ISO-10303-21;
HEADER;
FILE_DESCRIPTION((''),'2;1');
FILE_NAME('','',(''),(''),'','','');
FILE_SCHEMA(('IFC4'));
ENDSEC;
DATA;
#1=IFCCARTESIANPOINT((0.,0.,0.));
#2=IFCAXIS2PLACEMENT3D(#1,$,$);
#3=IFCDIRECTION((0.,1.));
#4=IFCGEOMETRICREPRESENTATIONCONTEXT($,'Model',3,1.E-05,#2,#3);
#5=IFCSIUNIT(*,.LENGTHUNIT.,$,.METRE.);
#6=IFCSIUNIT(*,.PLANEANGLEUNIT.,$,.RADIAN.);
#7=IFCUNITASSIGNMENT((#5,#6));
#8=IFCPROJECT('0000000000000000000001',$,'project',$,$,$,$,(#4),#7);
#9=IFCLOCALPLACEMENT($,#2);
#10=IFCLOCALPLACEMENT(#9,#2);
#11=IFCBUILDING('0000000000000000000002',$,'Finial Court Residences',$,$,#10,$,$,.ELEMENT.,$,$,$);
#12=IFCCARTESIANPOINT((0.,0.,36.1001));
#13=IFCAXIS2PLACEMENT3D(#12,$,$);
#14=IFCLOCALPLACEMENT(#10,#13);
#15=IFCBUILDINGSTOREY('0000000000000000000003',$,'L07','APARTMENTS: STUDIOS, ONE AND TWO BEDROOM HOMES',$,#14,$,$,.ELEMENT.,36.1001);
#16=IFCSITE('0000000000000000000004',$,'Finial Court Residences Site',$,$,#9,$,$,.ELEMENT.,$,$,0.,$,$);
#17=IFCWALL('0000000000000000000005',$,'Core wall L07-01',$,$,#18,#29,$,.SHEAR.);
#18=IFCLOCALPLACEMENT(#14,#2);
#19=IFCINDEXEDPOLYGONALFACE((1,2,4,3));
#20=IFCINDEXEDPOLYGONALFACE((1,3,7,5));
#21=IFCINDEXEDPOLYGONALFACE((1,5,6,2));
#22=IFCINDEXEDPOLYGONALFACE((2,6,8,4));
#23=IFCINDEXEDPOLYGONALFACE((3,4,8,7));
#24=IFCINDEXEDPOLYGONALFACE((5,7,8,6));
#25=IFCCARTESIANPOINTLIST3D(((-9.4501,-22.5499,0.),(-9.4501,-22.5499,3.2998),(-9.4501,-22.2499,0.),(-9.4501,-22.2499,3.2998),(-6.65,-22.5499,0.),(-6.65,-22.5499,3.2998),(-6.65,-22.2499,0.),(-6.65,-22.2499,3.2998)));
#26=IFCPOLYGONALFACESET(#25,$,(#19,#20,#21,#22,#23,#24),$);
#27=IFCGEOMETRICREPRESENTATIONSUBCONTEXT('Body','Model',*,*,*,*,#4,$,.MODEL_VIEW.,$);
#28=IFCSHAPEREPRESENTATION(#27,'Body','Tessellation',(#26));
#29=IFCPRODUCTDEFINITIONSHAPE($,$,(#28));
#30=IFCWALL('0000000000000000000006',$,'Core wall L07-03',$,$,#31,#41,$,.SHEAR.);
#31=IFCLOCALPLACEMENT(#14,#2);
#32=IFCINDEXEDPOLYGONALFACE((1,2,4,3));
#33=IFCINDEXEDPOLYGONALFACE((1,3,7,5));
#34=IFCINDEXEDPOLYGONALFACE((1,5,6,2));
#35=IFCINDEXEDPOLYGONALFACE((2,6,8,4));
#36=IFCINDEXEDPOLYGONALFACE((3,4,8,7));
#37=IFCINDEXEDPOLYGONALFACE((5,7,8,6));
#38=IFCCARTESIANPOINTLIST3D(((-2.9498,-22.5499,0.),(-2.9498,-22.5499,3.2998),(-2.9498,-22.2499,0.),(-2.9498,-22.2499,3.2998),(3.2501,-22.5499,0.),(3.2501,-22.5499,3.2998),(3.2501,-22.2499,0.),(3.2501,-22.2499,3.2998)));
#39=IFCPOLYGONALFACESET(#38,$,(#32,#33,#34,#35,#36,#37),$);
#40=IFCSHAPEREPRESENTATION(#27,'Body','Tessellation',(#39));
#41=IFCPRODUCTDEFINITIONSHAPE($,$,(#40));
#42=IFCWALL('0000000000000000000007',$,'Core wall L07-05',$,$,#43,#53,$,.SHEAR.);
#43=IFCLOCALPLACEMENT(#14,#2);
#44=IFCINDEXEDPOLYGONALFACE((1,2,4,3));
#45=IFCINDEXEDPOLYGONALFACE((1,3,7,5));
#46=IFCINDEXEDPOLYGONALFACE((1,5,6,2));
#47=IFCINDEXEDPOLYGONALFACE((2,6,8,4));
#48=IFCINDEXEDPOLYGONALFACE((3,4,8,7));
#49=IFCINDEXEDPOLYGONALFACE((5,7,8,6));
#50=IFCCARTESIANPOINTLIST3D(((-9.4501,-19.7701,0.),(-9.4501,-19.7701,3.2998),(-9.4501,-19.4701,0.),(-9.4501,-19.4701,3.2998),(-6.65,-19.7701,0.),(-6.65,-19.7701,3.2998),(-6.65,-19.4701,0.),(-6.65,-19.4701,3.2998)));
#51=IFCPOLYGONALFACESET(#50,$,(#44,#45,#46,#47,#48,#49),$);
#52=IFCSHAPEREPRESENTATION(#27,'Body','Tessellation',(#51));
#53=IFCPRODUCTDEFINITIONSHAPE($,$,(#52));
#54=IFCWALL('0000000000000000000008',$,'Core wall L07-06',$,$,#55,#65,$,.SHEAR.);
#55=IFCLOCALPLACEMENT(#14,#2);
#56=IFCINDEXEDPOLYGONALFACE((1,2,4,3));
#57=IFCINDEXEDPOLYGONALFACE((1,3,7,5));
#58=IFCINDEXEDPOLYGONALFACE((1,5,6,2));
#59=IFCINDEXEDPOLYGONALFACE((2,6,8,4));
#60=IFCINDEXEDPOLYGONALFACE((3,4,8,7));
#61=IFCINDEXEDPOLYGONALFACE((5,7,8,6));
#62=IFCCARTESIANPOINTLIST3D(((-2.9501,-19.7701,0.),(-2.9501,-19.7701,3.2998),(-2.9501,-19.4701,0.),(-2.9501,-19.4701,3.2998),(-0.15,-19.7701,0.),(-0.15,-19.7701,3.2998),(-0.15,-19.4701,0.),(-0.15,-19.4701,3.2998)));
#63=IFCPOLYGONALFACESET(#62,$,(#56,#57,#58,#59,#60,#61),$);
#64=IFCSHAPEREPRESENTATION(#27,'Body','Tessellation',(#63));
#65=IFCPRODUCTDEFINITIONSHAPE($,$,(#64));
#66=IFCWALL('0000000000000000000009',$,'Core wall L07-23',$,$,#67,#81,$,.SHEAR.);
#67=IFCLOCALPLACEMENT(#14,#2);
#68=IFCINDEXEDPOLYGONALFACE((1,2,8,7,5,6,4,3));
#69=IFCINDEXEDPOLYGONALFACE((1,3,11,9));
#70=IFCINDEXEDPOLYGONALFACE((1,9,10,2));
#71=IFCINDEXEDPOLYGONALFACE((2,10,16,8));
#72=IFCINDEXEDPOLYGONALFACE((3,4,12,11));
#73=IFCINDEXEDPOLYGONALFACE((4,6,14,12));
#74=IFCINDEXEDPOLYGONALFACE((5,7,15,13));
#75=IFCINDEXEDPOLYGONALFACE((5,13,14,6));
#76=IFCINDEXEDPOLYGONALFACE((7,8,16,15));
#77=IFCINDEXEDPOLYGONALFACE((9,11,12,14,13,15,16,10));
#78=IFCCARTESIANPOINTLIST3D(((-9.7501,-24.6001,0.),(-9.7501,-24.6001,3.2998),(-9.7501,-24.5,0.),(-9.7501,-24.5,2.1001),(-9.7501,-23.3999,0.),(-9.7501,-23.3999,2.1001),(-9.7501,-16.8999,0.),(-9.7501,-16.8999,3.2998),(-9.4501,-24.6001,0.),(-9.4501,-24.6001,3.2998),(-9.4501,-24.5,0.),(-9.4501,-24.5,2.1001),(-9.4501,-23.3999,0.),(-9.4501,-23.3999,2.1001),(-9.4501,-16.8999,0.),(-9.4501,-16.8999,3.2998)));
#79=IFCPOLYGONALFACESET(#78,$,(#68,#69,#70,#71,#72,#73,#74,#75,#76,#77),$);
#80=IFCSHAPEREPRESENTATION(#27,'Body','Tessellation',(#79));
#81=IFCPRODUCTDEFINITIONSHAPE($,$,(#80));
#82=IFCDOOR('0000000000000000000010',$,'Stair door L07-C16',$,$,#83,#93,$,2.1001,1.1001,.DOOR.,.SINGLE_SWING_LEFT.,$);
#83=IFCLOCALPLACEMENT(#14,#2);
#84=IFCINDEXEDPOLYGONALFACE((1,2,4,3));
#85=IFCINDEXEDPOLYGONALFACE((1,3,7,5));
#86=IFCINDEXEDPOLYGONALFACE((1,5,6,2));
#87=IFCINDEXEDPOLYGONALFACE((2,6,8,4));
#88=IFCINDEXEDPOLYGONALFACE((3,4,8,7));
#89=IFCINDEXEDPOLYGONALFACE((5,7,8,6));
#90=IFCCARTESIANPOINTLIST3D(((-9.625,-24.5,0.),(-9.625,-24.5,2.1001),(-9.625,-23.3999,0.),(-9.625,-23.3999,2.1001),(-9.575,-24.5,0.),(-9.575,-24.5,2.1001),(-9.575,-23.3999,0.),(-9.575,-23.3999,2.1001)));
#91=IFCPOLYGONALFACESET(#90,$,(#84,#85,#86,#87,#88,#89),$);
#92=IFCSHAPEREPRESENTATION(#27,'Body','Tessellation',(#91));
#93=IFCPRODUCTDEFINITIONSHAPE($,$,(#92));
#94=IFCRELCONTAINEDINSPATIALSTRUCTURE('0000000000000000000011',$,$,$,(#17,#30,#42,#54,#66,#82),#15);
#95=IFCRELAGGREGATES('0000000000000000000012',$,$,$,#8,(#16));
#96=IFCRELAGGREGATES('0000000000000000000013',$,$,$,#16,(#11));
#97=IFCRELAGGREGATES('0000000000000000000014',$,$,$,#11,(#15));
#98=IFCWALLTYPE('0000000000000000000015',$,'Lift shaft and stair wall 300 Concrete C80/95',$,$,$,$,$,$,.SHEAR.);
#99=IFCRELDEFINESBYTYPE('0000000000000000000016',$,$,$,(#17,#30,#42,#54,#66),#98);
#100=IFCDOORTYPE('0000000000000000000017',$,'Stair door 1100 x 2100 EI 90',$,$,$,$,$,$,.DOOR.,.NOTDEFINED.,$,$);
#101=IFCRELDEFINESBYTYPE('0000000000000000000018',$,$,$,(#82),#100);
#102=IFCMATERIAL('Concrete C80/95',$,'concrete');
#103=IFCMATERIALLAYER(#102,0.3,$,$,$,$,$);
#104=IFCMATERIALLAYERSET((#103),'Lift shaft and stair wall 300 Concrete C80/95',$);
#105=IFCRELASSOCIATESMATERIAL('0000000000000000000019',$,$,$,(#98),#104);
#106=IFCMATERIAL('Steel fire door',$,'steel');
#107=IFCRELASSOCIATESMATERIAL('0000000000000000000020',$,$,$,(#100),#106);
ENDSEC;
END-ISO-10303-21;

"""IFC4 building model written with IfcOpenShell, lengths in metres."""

from ifc_helpers import new_model, si_unit, direction, frame, frame_2d, origin, place, context, subcontext, project, spatial, rectangle, extrude, material, layer, layer_set, type_object, element, fill, save


model = new_model("IFC4")

# Units and contexts
model_context = context("Model", 3, precision=1e-05, world=origin(), true_north=direction((0.0, 1.0)))
body_context = subcontext(model_context, "Body", "Model", "MODEL_VIEW")
ifc_project = project(units=[si_unit("LENGTHUNIT", "METRE"), si_unit("PLANEANGLEUNIT", "RADIAN")], contexts=[model_context])

# Site, building, storey
site_placement = place(None, origin())
site = spatial("IfcSite", under=ifc_project, at=site_placement, Name="Finial Court Residences Site", CompositionType="ELEMENT", RefElevation=0.0)
building_placement = place(site_placement, origin())
building = spatial("IfcBuilding", under=site, at=building_placement, Name="Finial Court Residences", CompositionType="ELEMENT")
storey_placement = place(building_placement, frame((0.0, 0.0, 36.1001)))
storey = spatial("IfcBuildingStorey", under=building, at=storey_placement, Name="L07", Description="APARTMENTS: STUDIOS, ONE AND TWO BEDROOM HOMES", CompositionType="ELEMENT", Elevation=36.1001)

# Walls
ifc_material_1 = material(Name="Concrete C80/95", Category="concrete")
ifc_layer_1 = layer(ifc_material_1, 0.3)
ifc_layer_set_1 = layer_set([ifc_layer_1], Name="Lift shaft and stair wall 300 Concrete C80/95")
wall_type_1 = type_object("IfcWallType", Name="Lift shaft and stair wall 300 Concrete C80/95", PredefinedType="SHEAR", material=ifc_layer_set_1)
wall_1_placement = place(storey_placement, frame((-9.45, -22.3999, 0.0), z_axis=(0.0, 0.0, 1.0), x_axis=(1.0, 0.0, 0.0)))
element("IfcWall", 1, at=wall_1_placement, inside=storey, type_object=wall_type_1, Name="Core wall L07-01", PredefinedType="SHEAR", context=body_context, shape_type="SweptSolid", body=[
    extrude(rectangle(XDim=2.8, YDim=0.3, at=frame_2d((1.3999, 0.0))), origin(), (0.0, 0.0, 1.0), 3.2998),
])
wall_2_placement = place(storey_placement, frame((-2.95, -22.3999, 0.0), z_axis=(0.0, 0.0, 1.0), x_axis=(1.0, 0.0, 0.0)))
element("IfcWall", 2, at=wall_2_placement, inside=storey, type_object=wall_type_1, Name="Core wall L07-03", PredefinedType="SHEAR", context=body_context, shape_type="SweptSolid", body=[
    extrude(rectangle(XDim=6.2, YDim=0.3, at=frame_2d((3.1001, 0.0))), origin(), (0.0, 0.0, 1.0), 3.2998),
])
for number, where, z_axis, x_axis, name in (
    (3, (-9.45, -19.6201, 0.0), (0.0, 0.0, 1.0), (1.0, 0.0, 0.0), "Core wall L07-05"),
    (4, (-2.95, -19.6201, 0.0), (0.0, 0.0, 1.0), (1.0, 0.0, 0.0), "Core wall L07-06"),
):
    element("IfcWall", number, at=place(storey_placement, frame(where, z_axis=z_axis, x_axis=x_axis)), inside=storey, type_object=wall_type_1, Name=name, PredefinedType="SHEAR", context=body_context, shape_type="SweptSolid", body=[
        extrude(rectangle(XDim=2.8, YDim=0.3, at=frame_2d((1.3999, 0.0))), origin(), (0.0, 0.0, 1.0), 3.2998),
    ])

# Wall, opening, door
wall_3_placement = place(storey_placement, frame((-9.6001, -24.6001, 0.0), z_axis=(0.0, 0.0, 1.0), x_axis=(0.0, 1.0, 0.0)))
wall_3 = element("IfcWall", 5, at=wall_3_placement, inside=storey, type_object=wall_type_1, Name="Core wall L07-23", PredefinedType="SHEAR", context=body_context, shape_type="SweptSolid", body=[
    extrude(rectangle(XDim=7.7002, YDim=0.3, at=frame_2d((3.8501, 0.0))), origin(), (0.0, 0.0, 1.0), 3.2998),
])
opening_1_placement = place(wall_3_placement, frame((0.1001, 0.0, 0.0)))
opening_1 = element("IfcOpeningElement", 6, at=opening_1_placement, cuts=wall_3, PredefinedType="OPENING", context=body_context, shape_type="SweptSolid", body=[
    extrude(rectangle(XDim=1.1001, YDim=2.1001, at=frame_2d((0.55, 1.05))), frame((0.0, 0.1599, 0.0), z_axis=(0.0, -1.0, 0.0), x_axis=(1.0, 0.0, 0.0)), (0.0, 0.0, 1.0), 0.3201),
])
ifc_material_2 = material(Name="Steel fire door", Category="steel")
door_type_1 = type_object("IfcDoorType", Name="Stair door 1100 x 2100 EI 90", OperationType="NOTDEFINED", PredefinedType="DOOR", material=ifc_material_2)
door_1_placement = place(opening_1_placement, origin())
door_1 = element("IfcDoor", 7, at=door_1_placement, inside=storey, type_object=door_type_1, Name="Stair door L07-C16", OperationType="SINGLE_SWING_LEFT", OverallHeight=2.1001, OverallWidth=1.1001, PredefinedType="DOOR", context=body_context, shape_type="SweptSolid", body=[
    extrude(rectangle(XDim=1.1001, YDim=2.1001, at=frame_2d((0.55, 1.05))), frame((0.0, 0.0249, 0.0), z_axis=(0.0, -1.0, 0.0), x_axis=(1.0, 0.0, 0.0)), (0.0, 0.0, 1.0), 0.05),
])
fill(opening_1, door_1)

save(model, "model.ifc")
